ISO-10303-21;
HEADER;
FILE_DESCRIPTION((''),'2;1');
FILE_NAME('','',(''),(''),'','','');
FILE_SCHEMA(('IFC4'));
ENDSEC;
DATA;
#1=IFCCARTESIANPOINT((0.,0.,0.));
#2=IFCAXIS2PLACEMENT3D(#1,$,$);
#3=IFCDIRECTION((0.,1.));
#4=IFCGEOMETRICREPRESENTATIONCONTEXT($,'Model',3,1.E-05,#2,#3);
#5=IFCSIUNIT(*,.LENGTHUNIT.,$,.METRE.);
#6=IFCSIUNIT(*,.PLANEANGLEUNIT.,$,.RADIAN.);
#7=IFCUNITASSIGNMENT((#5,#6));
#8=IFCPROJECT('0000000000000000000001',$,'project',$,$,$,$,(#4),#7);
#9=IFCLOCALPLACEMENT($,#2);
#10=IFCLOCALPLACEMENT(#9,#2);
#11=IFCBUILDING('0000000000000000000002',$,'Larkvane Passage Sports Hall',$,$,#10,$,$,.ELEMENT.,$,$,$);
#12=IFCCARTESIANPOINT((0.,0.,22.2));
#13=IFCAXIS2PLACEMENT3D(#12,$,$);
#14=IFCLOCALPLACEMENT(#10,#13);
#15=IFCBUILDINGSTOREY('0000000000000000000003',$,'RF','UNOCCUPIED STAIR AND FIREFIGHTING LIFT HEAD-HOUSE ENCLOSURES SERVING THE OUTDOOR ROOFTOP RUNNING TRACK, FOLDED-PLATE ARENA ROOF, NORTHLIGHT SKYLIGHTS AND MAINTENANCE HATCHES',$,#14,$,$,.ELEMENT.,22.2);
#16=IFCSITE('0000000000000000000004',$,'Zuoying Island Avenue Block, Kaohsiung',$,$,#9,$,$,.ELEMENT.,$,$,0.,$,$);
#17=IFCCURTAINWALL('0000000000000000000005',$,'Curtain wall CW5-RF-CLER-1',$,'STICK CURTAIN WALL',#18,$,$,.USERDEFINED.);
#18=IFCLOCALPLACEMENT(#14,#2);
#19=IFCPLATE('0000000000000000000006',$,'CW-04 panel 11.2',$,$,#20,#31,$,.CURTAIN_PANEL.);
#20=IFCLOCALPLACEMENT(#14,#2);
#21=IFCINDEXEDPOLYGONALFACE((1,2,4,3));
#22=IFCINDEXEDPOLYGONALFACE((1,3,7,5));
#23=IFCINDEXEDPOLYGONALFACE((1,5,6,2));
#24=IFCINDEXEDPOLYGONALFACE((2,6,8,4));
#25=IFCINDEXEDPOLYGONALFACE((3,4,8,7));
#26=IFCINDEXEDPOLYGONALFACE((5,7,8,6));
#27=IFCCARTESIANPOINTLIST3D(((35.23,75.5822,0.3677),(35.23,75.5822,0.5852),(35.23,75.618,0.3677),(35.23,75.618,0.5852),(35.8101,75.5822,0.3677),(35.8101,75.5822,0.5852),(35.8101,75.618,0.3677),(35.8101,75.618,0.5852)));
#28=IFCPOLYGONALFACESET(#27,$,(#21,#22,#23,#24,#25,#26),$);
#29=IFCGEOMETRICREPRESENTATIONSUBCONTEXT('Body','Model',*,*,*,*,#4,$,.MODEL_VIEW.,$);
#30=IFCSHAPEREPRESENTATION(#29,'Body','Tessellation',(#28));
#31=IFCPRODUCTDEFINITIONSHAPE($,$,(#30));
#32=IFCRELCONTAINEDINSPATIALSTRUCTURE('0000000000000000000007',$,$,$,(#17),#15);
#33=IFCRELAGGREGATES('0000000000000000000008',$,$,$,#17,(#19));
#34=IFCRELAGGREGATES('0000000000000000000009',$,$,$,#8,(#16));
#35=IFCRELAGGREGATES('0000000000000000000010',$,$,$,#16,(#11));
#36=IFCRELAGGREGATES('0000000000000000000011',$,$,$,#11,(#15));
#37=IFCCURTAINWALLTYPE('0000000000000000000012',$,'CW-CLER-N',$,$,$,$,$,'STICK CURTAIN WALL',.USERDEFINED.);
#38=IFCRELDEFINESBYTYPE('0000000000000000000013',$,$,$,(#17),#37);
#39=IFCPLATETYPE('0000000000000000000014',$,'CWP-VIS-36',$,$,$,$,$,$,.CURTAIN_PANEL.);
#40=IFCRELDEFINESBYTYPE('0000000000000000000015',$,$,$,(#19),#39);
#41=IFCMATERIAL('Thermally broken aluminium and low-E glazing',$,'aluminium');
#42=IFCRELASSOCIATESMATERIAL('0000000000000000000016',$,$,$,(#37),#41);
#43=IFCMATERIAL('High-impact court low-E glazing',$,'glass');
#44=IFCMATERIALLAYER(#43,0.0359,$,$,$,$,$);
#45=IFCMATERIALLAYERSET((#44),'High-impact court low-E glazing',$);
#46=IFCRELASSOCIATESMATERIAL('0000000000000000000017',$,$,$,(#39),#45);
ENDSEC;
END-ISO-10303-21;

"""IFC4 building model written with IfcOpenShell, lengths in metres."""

from ifc_helpers import new_model, si_unit, direction, frame, origin, origin_2d, place, context, subcontext, project, spatial, rectangle, extrude, material, layer, layer_set, type_object, element, aggregate, save


model = new_model("IFC4")

# Units and contexts
model_context = context("Model", 3, precision=1e-05, world=origin(), true_north=direction((0.0, 1.0)))
body_context = subcontext(model_context, "Body", "Model", "MODEL_VIEW")
ifc_project = project(units=[si_unit("LENGTHUNIT", "METRE"), si_unit("PLANEANGLEUNIT", "RADIAN")], contexts=[model_context])

# Site, building, storey
site_placement = place(None, origin())
site = spatial("IfcSite", under=ifc_project, at=site_placement, Name="Zuoying Island Avenue Block, Kaohsiung", CompositionType="ELEMENT", RefElevation=0.0)
building_placement = place(site_placement, origin())
building = spatial("IfcBuilding", under=site, at=building_placement, Name="Larkvane Passage Sports Hall", CompositionType="ELEMENT")
storey_placement = place(building_placement, frame((0.0, 0.0, 22.2)))
storey = spatial("IfcBuildingStorey", under=building, at=storey_placement, Name="RF", Description="UNOCCUPIED STAIR AND FIREFIGHTING LIFT HEAD-HOUSE ENCLOSURES SERVING THE OUTDOOR ROOFTOP RUNNING TRACK, FOLDED-PLATE ARENA ROOF, NORTHLIGHT SKYLIGHTS AND MAINTENANCE HATCHES", CompositionType="ELEMENT", Elevation=22.2)

# Curtain wall
ifc_material_1 = material(Name="Thermally broken aluminium and low-E glazing", Category="aluminium")
curtain_wall_type = type_object("IfcCurtainWallType", Name="CW-CLER-N", ElementType="STICK CURTAIN WALL", PredefinedType="USERDEFINED", material=ifc_material_1)
curtain_wall_placement = place(storey_placement, origin())
curtain_wall = element("IfcCurtainWall", 1, at=curtain_wall_placement, inside=storey, type_object=curtain_wall_type, Name="Curtain wall CW5-RF-CLER-1", ObjectType="STICK CURTAIN WALL", PredefinedType="USERDEFINED")

# Plate
ifc_material_2 = material(Name="High-impact court low-E glazing", Category="glass")
ifc_layer = layer(ifc_material_2, 0.0359)
ifc_layer_set = layer_set([ifc_layer], Name="High-impact court low-E glazing")
plate_type = type_object("IfcPlateType", Name="CWP-VIS-36", PredefinedType="CURTAIN_PANEL", material=ifc_layer_set)
plate_1_placement = place(storey_placement, frame((35.52, 75.6001, 0.3677), z_axis=(0.0, 0.0, 1.0), x_axis=(-1.0, 0.0, 0.0)))
plate_1 = element("IfcPlate", 2, at=plate_1_placement, type_object=plate_type, Name="CW-04 panel 11.2", PredefinedType="CURTAIN_PANEL", context=body_context, shape_type="SweptSolid", body=[
    extrude(rectangle(XDim=0.5801, YDim=0.0359, at=origin_2d()), origin(), (0.0, 0.0, 1.0), 0.2175),
])
aggregate(curtain_wall, [plate_1])

save(model, "model.ifc")
